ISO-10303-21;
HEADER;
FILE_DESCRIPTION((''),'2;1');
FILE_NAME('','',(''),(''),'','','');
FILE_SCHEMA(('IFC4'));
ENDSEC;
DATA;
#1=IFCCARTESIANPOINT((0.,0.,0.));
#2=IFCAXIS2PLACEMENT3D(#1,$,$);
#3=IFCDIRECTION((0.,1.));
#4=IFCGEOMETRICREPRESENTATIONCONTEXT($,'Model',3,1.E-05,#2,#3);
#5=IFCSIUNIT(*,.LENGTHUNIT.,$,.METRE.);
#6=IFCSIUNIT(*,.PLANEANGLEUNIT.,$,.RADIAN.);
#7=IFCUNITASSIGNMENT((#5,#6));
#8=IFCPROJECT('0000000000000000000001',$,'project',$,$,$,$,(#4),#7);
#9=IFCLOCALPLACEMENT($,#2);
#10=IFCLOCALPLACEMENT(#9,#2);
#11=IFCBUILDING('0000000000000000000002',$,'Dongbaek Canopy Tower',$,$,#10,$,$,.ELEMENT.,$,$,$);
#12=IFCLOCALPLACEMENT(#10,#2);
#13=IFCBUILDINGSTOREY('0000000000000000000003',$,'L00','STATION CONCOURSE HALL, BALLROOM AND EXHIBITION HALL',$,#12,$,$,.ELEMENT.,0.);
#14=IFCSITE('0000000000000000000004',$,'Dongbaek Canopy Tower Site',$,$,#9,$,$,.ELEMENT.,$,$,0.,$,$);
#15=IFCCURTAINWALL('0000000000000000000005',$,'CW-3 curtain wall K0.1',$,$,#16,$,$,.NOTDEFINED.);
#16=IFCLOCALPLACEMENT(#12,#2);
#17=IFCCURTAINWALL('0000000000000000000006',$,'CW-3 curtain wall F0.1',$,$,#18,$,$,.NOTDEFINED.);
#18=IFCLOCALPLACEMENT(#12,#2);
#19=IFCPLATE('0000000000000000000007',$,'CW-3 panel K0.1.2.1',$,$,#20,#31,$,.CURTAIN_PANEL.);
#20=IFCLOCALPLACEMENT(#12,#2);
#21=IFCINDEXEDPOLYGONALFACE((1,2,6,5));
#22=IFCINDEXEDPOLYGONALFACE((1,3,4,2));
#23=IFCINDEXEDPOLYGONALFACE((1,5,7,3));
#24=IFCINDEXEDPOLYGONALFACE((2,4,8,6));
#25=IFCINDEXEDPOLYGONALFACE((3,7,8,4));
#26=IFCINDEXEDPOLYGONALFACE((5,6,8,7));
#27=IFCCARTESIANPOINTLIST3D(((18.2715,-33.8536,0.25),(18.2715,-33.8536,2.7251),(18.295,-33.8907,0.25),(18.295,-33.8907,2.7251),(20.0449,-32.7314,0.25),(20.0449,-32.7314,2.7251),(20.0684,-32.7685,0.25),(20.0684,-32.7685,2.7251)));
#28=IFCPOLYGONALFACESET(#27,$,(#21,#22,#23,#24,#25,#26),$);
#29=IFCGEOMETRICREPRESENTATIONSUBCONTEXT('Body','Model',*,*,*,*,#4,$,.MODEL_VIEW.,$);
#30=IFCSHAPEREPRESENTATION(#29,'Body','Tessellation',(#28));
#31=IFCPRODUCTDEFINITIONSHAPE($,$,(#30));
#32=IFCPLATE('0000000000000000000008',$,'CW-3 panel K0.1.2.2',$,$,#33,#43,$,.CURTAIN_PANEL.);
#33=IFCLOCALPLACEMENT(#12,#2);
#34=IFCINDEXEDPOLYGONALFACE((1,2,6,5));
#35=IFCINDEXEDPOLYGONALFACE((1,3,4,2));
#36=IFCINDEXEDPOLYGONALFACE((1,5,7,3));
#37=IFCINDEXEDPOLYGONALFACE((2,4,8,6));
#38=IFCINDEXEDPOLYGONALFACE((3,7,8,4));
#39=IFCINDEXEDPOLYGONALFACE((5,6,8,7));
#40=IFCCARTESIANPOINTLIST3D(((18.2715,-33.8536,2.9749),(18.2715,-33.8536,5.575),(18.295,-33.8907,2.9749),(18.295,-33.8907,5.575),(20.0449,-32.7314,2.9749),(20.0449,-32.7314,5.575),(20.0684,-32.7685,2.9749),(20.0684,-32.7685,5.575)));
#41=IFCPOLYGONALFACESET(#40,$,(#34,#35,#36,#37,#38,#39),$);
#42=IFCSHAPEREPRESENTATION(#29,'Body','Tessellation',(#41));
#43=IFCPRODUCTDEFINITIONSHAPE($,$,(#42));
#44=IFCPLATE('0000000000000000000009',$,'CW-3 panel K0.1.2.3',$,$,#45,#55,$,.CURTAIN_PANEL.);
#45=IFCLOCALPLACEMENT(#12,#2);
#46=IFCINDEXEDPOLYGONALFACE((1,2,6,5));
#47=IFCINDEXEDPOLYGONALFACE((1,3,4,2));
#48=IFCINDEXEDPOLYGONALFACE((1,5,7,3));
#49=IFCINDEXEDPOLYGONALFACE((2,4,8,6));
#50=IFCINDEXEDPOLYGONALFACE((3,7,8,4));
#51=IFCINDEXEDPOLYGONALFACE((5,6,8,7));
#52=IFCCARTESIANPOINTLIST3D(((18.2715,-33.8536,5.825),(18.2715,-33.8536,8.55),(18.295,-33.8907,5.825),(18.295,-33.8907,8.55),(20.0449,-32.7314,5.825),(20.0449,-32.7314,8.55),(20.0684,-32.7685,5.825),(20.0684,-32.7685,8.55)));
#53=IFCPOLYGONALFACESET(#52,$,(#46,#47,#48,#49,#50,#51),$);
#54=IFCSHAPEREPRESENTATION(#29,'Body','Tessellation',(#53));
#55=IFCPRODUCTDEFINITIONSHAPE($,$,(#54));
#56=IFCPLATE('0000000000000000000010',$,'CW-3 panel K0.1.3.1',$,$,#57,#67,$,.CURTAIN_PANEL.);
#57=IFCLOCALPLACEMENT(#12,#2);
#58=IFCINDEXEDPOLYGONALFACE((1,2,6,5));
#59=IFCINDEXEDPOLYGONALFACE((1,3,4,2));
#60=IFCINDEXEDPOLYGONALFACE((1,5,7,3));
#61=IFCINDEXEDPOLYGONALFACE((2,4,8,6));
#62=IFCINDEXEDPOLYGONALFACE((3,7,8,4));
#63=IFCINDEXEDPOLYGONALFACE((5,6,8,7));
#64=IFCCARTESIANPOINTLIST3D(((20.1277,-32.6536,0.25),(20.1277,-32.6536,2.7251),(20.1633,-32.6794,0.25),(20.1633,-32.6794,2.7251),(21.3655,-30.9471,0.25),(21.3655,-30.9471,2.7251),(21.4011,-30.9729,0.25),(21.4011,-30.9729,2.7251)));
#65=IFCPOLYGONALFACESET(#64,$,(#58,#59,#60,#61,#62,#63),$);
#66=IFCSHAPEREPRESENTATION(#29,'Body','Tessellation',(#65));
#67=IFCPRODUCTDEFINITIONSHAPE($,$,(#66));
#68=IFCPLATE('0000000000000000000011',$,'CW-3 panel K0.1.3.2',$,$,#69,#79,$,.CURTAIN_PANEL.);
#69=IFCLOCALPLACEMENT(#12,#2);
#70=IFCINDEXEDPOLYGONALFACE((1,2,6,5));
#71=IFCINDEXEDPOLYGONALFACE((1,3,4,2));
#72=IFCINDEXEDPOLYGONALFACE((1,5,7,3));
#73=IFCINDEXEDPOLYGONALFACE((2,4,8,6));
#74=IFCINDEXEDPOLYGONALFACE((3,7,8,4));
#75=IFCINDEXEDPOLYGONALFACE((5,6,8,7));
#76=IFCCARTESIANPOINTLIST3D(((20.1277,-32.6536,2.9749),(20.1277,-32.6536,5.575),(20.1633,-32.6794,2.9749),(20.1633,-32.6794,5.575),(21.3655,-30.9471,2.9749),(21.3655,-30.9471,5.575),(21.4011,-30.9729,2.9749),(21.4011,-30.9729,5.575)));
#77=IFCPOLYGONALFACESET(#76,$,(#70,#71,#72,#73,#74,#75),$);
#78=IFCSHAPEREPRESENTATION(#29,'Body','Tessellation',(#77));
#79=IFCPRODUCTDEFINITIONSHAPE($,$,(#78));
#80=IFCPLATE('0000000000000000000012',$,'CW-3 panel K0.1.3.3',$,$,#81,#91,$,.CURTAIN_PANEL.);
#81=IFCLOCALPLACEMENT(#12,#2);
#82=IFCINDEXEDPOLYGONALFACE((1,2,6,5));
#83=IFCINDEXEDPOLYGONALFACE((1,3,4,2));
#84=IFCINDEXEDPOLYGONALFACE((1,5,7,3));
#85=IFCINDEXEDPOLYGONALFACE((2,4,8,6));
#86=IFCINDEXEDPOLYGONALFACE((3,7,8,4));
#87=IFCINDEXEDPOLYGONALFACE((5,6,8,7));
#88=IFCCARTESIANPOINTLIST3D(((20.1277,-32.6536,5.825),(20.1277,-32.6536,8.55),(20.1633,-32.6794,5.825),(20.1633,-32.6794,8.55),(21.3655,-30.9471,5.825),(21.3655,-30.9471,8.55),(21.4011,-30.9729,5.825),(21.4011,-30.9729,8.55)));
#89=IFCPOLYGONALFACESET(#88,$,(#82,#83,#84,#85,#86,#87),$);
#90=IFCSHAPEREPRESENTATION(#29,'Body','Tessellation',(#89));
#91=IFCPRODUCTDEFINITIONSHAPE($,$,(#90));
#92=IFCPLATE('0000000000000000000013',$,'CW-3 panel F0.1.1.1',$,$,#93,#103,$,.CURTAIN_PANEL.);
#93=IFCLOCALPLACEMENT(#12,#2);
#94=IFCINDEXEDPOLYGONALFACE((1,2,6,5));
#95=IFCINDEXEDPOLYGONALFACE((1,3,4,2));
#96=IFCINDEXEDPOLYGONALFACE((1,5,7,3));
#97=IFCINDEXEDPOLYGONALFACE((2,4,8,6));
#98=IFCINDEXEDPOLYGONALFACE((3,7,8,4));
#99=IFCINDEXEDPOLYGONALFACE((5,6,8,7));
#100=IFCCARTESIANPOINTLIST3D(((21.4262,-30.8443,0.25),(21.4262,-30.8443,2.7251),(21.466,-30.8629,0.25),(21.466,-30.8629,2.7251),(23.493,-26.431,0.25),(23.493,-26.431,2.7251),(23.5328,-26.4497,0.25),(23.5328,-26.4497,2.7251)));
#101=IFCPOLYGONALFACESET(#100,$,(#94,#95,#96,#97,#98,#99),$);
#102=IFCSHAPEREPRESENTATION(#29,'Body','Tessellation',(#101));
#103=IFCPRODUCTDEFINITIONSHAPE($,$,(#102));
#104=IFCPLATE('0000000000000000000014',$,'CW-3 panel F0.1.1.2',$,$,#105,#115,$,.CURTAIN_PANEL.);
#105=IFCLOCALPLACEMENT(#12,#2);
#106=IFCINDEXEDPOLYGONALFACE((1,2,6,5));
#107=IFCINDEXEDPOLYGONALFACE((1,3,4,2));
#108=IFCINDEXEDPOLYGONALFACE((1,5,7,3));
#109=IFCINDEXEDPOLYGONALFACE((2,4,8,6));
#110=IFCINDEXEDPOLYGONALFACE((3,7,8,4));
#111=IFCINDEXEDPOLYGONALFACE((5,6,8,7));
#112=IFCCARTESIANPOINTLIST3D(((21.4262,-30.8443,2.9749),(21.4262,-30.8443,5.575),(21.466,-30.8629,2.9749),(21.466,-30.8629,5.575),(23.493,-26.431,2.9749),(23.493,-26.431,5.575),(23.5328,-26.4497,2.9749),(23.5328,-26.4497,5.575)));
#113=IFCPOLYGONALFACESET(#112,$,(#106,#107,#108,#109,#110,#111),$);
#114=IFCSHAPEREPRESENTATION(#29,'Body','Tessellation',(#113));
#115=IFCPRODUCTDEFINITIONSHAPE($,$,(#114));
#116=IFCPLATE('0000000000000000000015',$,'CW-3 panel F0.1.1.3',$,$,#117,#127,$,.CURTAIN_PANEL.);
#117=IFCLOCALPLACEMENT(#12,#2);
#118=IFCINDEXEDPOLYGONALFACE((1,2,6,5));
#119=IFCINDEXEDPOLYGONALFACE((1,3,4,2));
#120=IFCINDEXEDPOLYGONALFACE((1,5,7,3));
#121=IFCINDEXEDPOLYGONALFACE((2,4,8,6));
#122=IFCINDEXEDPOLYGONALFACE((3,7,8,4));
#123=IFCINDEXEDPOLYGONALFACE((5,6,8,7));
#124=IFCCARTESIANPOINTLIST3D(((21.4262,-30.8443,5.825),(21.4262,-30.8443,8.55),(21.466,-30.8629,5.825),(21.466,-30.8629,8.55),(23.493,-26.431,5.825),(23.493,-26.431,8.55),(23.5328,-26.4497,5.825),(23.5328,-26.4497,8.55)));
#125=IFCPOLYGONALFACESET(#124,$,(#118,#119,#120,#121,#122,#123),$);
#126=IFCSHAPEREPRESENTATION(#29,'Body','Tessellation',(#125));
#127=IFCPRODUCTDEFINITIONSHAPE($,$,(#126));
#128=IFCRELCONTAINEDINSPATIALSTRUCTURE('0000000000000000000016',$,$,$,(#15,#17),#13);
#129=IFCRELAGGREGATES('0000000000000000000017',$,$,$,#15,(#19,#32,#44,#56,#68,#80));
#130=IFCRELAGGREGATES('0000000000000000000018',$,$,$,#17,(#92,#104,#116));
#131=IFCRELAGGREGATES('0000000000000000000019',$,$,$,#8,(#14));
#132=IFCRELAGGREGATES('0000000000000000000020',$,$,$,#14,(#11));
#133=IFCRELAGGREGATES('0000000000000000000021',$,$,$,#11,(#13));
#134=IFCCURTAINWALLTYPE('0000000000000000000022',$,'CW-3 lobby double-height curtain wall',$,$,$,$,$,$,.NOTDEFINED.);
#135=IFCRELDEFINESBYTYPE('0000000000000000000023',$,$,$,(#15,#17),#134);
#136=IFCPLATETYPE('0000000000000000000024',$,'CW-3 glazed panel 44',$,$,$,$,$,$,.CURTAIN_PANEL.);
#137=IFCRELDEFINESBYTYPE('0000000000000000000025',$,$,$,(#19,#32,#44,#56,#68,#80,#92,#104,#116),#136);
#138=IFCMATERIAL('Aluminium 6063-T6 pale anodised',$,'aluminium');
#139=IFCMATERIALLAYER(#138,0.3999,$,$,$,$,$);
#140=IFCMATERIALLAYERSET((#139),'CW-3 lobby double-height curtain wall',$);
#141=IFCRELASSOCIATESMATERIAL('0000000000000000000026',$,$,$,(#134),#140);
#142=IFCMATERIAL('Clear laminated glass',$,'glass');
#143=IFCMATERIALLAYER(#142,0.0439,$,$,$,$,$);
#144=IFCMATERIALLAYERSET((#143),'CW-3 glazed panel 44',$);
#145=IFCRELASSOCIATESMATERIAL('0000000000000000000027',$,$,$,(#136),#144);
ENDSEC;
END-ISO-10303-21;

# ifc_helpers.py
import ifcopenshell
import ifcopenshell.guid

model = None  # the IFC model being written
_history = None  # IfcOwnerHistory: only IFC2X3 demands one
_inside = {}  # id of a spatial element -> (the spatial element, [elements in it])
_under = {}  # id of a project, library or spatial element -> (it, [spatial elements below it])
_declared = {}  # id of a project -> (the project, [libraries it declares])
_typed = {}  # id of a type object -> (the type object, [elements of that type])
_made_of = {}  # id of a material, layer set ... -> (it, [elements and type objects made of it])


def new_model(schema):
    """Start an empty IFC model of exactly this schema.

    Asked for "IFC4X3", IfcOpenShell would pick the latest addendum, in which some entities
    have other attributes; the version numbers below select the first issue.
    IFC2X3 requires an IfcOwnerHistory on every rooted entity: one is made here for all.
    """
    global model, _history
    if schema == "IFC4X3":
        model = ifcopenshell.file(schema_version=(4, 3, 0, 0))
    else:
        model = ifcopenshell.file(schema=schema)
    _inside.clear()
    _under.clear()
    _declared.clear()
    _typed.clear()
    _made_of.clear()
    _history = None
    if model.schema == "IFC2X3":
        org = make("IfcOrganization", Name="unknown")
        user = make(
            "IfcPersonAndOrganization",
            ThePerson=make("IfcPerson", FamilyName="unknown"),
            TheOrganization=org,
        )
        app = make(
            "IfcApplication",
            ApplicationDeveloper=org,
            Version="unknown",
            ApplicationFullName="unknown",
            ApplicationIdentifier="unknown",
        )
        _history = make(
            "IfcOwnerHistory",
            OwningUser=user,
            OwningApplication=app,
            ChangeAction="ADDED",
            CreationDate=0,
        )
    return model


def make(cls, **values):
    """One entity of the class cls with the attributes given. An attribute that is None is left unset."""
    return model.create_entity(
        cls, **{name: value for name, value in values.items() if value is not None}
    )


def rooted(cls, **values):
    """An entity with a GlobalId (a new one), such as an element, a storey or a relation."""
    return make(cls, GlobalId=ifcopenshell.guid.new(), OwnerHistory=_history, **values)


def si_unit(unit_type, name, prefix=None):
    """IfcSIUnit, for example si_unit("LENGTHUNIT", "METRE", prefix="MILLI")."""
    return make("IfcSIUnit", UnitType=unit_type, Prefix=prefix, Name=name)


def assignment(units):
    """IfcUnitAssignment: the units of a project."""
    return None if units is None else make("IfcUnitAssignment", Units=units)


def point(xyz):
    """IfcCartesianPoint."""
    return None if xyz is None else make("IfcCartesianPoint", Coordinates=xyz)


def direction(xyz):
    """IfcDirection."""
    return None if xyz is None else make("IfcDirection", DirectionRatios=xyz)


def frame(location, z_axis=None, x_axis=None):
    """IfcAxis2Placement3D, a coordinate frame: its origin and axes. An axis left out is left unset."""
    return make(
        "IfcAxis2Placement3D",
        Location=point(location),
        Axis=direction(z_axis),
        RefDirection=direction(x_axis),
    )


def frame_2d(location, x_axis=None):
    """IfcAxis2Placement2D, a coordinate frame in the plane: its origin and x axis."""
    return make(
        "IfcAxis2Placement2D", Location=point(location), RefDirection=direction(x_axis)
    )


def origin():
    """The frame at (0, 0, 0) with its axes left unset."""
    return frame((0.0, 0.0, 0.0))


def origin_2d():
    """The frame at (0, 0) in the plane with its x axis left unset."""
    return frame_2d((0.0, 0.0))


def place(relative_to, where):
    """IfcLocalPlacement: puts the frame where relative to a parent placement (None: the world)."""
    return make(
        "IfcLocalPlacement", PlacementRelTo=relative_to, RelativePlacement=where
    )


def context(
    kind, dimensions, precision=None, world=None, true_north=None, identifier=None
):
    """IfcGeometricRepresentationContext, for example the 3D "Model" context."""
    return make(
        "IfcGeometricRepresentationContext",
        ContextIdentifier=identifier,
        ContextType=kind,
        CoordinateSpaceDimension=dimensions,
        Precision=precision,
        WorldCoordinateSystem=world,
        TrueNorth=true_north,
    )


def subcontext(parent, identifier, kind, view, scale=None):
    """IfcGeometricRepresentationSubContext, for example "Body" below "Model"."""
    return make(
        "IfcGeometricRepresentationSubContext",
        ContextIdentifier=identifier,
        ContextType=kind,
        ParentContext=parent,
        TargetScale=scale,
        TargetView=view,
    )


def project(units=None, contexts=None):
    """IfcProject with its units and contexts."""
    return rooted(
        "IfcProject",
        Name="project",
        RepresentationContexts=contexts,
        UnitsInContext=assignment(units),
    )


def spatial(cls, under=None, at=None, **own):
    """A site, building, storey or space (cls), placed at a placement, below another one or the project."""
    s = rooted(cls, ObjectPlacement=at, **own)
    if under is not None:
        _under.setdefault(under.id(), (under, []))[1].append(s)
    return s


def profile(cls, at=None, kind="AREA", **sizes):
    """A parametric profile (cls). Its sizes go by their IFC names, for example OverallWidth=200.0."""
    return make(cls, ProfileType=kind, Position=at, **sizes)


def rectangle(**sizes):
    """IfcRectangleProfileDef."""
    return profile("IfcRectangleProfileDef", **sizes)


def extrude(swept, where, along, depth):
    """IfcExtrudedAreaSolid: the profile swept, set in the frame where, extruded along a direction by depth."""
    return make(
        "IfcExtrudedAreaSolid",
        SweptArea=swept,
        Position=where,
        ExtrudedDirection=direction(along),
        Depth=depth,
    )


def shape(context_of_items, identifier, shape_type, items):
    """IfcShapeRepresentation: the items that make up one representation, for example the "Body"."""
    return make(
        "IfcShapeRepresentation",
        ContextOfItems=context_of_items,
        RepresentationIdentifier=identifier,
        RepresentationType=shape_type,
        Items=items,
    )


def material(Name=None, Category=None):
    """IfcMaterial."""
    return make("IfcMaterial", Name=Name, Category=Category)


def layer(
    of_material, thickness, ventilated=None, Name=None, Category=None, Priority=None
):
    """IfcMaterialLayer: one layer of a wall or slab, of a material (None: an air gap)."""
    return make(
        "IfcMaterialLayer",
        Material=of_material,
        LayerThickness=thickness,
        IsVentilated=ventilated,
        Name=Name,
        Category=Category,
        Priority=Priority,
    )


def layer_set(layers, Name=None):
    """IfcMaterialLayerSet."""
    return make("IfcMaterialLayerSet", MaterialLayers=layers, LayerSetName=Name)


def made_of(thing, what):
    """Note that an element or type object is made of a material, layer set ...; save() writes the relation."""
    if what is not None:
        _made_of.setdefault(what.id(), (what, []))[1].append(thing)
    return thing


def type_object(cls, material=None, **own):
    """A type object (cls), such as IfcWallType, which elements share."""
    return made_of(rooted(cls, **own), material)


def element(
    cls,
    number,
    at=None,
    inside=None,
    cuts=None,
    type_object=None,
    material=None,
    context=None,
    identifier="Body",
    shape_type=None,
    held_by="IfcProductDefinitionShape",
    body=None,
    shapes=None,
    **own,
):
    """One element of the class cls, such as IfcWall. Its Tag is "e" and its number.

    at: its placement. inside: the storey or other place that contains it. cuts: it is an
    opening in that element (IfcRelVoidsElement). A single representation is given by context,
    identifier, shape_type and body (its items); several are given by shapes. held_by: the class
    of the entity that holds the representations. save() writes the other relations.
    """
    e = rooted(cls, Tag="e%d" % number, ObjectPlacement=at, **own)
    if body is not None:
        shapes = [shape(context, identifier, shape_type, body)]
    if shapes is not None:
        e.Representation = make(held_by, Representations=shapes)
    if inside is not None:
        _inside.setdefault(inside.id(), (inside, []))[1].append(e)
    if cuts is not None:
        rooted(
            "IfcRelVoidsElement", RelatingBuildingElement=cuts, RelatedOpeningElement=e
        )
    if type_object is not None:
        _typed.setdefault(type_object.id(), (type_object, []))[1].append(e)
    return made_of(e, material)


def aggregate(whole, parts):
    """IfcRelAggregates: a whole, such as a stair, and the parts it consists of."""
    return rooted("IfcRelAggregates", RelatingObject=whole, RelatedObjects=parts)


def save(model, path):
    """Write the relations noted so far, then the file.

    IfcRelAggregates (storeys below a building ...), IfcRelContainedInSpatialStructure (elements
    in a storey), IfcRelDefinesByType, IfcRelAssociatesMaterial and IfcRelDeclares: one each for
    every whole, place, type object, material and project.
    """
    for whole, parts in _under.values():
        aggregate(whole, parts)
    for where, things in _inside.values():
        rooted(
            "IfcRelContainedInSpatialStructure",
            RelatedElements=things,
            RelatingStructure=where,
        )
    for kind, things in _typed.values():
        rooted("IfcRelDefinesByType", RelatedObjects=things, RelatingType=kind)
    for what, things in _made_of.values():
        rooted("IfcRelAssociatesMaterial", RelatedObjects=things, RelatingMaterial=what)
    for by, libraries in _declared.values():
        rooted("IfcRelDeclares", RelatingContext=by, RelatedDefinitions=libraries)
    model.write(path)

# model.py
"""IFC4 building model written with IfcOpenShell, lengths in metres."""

from ifc_helpers import new_model, si_unit, direction, frame, origin, origin_2d, place, context, subcontext, project, spatial, rectangle, extrude, material, layer, layer_set, type_object, element, aggregate, save


model = new_model("IFC4")

# Units and contexts
model_context = context("Model", 3, precision=1e-05, world=origin(), true_north=direction((0.0, 1.0)))
body_context = subcontext(model_context, "Body", "Model", "MODEL_VIEW")
ifc_project = project(units=[si_unit("LENGTHUNIT", "METRE"), si_unit("PLANEANGLEUNIT", "RADIAN")], contexts=[model_context])

# Site, building, storey
site_placement = place(None, origin())
site = spatial("IfcSite", under=ifc_project, at=site_placement, Name="Dongbaek Canopy Tower Site", CompositionType="ELEMENT", RefElevation=0.0)
building_placement = place(site_placement, origin())
building = spatial("IfcBuilding", under=site, at=building_placement, Name="Dongbaek Canopy Tower", CompositionType="ELEMENT")
storey_placement = place(building_placement, origin())
storey = spatial("IfcBuildingStorey", under=building, at=storey_placement, Name="L00", Description="STATION CONCOURSE HALL, BALLROOM AND EXHIBITION HALL", CompositionType="ELEMENT", Elevation=0.0)

# Curtain walls
ifc_material_1 = material(Name="Aluminium 6063-T6 pale anodised", Category="aluminium")
ifc_layer_1 = layer(ifc_material_1, 0.3999)
ifc_layer_set_1 = layer_set([ifc_layer_1], Name="CW-3 lobby double-height curtain wall")
curtain_wall_type = type_object("IfcCurtainWallType", Name="CW-3 lobby double-height curtain wall", PredefinedType="NOTDEFINED", material=ifc_layer_set_1)
curtain_wall_1_placement = place(storey_placement, origin())
curtain_wall_1 = element("IfcCurtainWall", 1, at=curtain_wall_1_placement, inside=storey, type_object=curtain_wall_type, Name="CW-3 curtain wall K0.1", PredefinedType="NOTDEFINED")
curtain_wall_2_placement = place(storey_placement, origin())
curtain_wall_2 = element("IfcCurtainWall", 2, at=curtain_wall_2_placement, inside=storey, type_object=curtain_wall_type, Name="CW-3 curtain wall F0.1", PredefinedType="NOTDEFINED")

# Plates
ifc_material_2 = material(Name="Clear laminated glass", Category="glass")
ifc_layer_2 = layer(ifc_material_2, 0.0439)
ifc_layer_set_2 = layer_set([ifc_layer_2], Name="CW-3 glazed panel 44")
plate_type = type_object("IfcPlateType", Name="CW-3 glazed panel 44", PredefinedType="CURTAIN_PANEL", material=ifc_layer_set_2)
plate_1_placement = place(storey_placement, frame((19.1699, -33.311, 0.25), z_axis=(0.0, 0.0, 1.0), x_axis=(0.845033, 0.534713, 0.0)))
plate_1 = element("IfcPlate", 3, at=plate_1_placement, type_object=plate_type, Name="CW-3 panel K0.1.2.1", PredefinedType="CURTAIN_PANEL", context=body_context, shape_type="SweptSolid", body=[
    extrude(rectangle(XDim=2.0986, YDim=0.0439, at=origin_2d()), origin(), (0.0, 0.0, 1.0), 2.4751),
])
plate_2_placement = place(storey_placement, frame((19.1699, -33.311, 2.9749), z_axis=(0.0, 0.0, 1.0), x_axis=(0.845033, 0.534713, 0.0)))
plate_2 = element("IfcPlate", 4, at=plate_2_placement, type_object=plate_type, Name="CW-3 panel K0.1.2.2", PredefinedType="CURTAIN_PANEL", context=body_context, shape_type="SweptSolid", body=[
    extrude(rectangle(XDim=2.0986, YDim=0.0439, at=origin_2d()), origin(), (0.0, 0.0, 1.0), 2.6001),
])
plate_3_placement = place(storey_placement, frame((19.1699, -33.311, 5.825), z_axis=(0.0, 0.0, 1.0), x_axis=(0.845033, 0.534713, 0.0)))
plate_3 = element("IfcPlate", 5, at=plate_3_placement, type_object=plate_type, Name="CW-3 panel K0.1.2.3", PredefinedType="CURTAIN_PANEL", context=body_context, shape_type="SweptSolid", body=[
    extrude(rectangle(XDim=2.0986, YDim=0.0439, at=origin_2d()), origin(), (0.0, 0.0, 1.0), 2.7251),
])
plate_4_placement = place(storey_placement, frame((20.7644, -31.8132, 0.25), z_axis=(0.0, 0.0, 1.0), x_axis=(0.587154, 0.809475, 0.0)))
plate_4 = element("IfcPlate", 6, at=plate_4_placement, type_object=plate_type, Name="CW-3 panel K0.1.3.1", PredefinedType="CURTAIN_PANEL", context=body_context, shape_type="SweptSolid", body=[
    extrude(rectangle(XDim=2.1082, YDim=0.0439, at=origin_2d()), origin(), (0.0, 0.0, 1.0), 2.4751),
])
plate_5_placement = place(storey_placement, frame((20.7644, -31.8132, 2.9749), z_axis=(0.0, 0.0, 1.0), x_axis=(0.587154, 0.809475, 0.0)))
plate_5 = element("IfcPlate", 7, at=plate_5_placement, type_object=plate_type, Name="CW-3 panel K0.1.3.2", PredefinedType="CURTAIN_PANEL", context=body_context, shape_type="SweptSolid", body=[
    extrude(rectangle(XDim=2.1082, YDim=0.0439, at=origin_2d()), origin(), (0.0, 0.0, 1.0), 2.6001),
])
plate_6_placement = place(storey_placement, frame((20.7644, -31.8132, 5.825), z_axis=(0.0, 0.0, 1.0), x_axis=(0.587154, 0.809475, 0.0)))
plate_6 = element("IfcPlate", 8, at=plate_6_placement, type_object=plate_type, Name="CW-3 panel K0.1.3.3", PredefinedType="CURTAIN_PANEL", context=body_context, shape_type="SweptSolid", body=[
    extrude(rectangle(XDim=2.1082, YDim=0.0439, at=origin_2d()), origin(), (0.0, 0.0, 1.0), 2.7251),
])
aggregate(curtain_wall_1, [plate_1, plate_2, plate_3, plate_4, plate_5, plate_6])
plate_7_placement = place(storey_placement, frame((22.4795, -28.647, 0.25), z_axis=(0.0, 0.0, 1.0), x_axis=(0.424123, 0.905605, 0.0)))
plate_7 = element("IfcPlate", 9, at=plate_7_placement, type_object=plate_type, Name="CW-3 panel F0.1.1.1", PredefinedType="CURTAIN_PANEL", context=body_context, shape_type="SweptSolid", body=[
    extrude(rectangle(XDim=4.8733, YDim=0.0439, at=origin_2d()), origin(), (0.0, 0.0, 1.0), 2.4751),
])
plate_8_placement = place(storey_placement, frame((22.4795, -28.647, 2.9749), z_axis=(0.0, 0.0, 1.0), x_axis=(0.424123, 0.905605, 0.0)))
plate_8 = element("IfcPlate", 10, at=plate_8_placement, type_object=plate_type, Name="CW-3 panel F0.1.1.2", PredefinedType="CURTAIN_PANEL", context=body_context, shape_type="SweptSolid", body=[
    extrude(rectangle(XDim=4.8733, YDim=0.0439, at=origin_2d()), origin(), (0.0, 0.0, 1.0), 2.6001),
])
plate_9_placement = place(storey_placement, frame((22.4795, -28.647, 5.825), z_axis=(0.0, 0.0, 1.0), x_axis=(0.424123, 0.905605, 0.0)))
plate_9 = element("IfcPlate", 11, at=plate_9_placement, type_object=plate_type, Name="CW-3 panel F0.1.1.3", PredefinedType="CURTAIN_PANEL", context=body_context, shape_type="SweptSolid", body=[
    extrude(rectangle(XDim=4.8733, YDim=0.0439, at=origin_2d()), origin(), (0.0, 0.0, 1.0), 2.7251),
])
aggregate(curtain_wall_2, [plate_7, plate_8, plate_9])

save(model, "model.ifc")
